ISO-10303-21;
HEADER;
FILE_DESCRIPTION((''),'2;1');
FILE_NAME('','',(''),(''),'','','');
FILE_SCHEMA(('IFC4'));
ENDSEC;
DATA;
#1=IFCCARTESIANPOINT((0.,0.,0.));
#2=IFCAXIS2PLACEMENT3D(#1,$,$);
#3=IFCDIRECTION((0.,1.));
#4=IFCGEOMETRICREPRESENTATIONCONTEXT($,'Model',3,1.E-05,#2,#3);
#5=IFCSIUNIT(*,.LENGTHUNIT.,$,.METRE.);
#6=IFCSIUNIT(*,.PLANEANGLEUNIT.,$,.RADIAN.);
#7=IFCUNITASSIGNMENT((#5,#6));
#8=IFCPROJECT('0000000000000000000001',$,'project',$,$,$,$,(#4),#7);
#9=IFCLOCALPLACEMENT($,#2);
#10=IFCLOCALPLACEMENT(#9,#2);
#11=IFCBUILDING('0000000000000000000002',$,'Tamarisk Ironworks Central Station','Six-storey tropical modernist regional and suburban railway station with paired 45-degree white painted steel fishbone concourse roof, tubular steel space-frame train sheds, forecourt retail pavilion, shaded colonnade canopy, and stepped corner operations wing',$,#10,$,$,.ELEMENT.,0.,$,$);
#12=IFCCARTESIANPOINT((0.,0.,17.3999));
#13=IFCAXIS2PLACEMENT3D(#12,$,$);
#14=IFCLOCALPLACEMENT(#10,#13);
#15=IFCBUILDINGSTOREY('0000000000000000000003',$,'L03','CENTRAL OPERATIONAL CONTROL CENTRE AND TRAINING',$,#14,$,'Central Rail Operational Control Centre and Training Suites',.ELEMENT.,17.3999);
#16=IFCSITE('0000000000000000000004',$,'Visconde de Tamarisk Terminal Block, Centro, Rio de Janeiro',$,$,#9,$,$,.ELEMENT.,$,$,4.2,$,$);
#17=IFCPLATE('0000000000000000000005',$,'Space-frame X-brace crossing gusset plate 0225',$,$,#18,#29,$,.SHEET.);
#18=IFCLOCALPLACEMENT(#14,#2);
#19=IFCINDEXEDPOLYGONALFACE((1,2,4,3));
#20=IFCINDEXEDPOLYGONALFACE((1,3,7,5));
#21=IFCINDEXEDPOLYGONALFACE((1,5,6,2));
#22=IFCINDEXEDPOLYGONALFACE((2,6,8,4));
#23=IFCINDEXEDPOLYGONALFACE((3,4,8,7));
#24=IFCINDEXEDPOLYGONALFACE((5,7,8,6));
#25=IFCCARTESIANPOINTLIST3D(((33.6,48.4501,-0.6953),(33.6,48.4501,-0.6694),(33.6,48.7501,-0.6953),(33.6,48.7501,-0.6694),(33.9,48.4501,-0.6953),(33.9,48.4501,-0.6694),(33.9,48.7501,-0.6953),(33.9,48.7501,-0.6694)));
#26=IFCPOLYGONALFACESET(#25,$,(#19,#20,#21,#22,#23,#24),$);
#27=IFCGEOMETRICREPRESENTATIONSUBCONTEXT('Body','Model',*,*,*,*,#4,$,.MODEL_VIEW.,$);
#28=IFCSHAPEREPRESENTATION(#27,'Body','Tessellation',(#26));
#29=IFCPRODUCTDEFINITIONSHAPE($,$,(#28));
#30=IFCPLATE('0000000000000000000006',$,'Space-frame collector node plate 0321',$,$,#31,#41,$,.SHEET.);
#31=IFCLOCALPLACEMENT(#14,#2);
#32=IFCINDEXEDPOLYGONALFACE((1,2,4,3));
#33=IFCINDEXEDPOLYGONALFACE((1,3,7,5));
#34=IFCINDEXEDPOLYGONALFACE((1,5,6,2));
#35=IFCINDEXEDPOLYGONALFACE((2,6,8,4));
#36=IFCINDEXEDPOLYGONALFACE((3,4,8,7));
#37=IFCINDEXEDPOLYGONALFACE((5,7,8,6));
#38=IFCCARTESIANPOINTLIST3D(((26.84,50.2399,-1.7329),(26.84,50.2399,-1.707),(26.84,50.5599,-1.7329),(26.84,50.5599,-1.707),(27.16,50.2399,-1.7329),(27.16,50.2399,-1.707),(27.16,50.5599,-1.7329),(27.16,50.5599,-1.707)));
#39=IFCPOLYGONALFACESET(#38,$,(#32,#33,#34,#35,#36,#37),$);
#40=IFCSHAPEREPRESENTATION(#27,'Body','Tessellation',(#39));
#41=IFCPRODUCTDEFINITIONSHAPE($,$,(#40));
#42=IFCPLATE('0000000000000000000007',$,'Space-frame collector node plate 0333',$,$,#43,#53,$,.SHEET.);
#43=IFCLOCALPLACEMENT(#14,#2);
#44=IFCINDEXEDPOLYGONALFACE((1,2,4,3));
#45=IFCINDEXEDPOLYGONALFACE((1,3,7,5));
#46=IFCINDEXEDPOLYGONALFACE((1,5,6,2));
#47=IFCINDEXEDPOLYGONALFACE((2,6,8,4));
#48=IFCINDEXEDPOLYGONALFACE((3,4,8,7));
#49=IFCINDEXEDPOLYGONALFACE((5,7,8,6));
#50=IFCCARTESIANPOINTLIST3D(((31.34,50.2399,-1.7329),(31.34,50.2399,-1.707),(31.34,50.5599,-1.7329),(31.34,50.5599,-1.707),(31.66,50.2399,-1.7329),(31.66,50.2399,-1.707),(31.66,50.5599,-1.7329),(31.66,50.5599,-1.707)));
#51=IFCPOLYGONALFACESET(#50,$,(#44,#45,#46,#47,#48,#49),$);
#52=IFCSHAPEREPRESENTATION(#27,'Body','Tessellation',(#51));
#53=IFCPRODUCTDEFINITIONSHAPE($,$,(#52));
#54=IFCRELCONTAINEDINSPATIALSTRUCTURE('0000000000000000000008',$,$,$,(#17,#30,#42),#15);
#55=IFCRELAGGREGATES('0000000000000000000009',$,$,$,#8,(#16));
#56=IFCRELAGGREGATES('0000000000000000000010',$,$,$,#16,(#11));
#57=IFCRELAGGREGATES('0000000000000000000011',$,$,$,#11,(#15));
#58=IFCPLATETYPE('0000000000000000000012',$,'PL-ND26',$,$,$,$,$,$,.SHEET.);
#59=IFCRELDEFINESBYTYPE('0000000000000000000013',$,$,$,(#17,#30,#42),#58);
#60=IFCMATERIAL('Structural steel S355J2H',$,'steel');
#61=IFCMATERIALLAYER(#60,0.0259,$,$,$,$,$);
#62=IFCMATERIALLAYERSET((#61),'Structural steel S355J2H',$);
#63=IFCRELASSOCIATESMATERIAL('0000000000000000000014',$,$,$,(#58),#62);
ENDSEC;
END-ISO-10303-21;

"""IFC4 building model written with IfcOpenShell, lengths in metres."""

from ifc_helpers import new_model, si_unit, direction, frame, origin, origin_2d, place, context, subcontext, project, spatial, rectangle, extrude, material, layer, layer_set, type_object, element, save


model = new_model("IFC4")

# Units and contexts
model_context = context("Model", 3, precision=1e-05, world=origin(), true_north=direction((0.0, 1.0)))
body_context = subcontext(model_context, "Body", "Model", "MODEL_VIEW")
ifc_project = project(units=[si_unit("LENGTHUNIT", "METRE"), si_unit("PLANEANGLEUNIT", "RADIAN")], contexts=[model_context])

# Site, building, storey
site_placement = place(None, origin())
site = spatial("IfcSite", under=ifc_project, at=site_placement, Name="Visconde de Tamarisk Terminal Block, Centro, Rio de Janeiro", CompositionType="ELEMENT", RefElevation=4.2)
building_placement = place(site_placement, origin())
building = spatial("IfcBuilding", under=site, at=building_placement, Name="Tamarisk Ironworks Central Station", Description="Six-storey tropical modernist regional and suburban railway station with paired 45-degree white painted steel fishbone concourse roof, tubular steel space-frame train sheds, forecourt retail pavilion, shaded colonnade canopy, and stepped corner operations wing", CompositionType="ELEMENT", ElevationOfRefHeight=0.0)
storey_placement = place(building_placement, frame((0.0, 0.0, 17.3999)))
storey = spatial("IfcBuildingStorey", under=building, at=storey_placement, Name="L03", Description="CENTRAL OPERATIONAL CONTROL CENTRE AND TRAINING", LongName="Central Rail Operational Control Centre and Training Suites", CompositionType="ELEMENT", Elevation=17.3999)

# Shared definitions
ifc_material_1 = material(Name="Structural steel S355J2H", Category="steel")

# Plates
ifc_layer = layer(ifc_material_1, 0.0259)
ifc_layer_set = layer_set([ifc_layer], Name="Structural steel S355J2H")
plate_type = type_object("IfcPlateType", Name="PL-ND26", PredefinedType="SHEET", material=ifc_layer_set)
for number, where, z_axis, x_axis, name in (
    (1, (33.75, 48.6001, -0.6953), (0.0, 0.0, 1.0), (1.0, 0.0, 0.0), "Space-frame X-brace crossing gusset plate 0225"),
):
    element("IfcPlate", number, at=place(storey_placement, frame(where, z_axis=z_axis, x_axis=x_axis)), inside=storey, type_object=plate_type, Name=name, PredefinedType="SHEET", context=body_context, shape_type="SweptSolid", body=[
        extrude(rectangle(XDim=0.3, YDim=0.3, at=origin_2d()), origin(), (0.0, 0.0, 1.0), 0.0259),
    ])
for number, where, z_axis, x_axis, name in (
    (2, (27.0, 50.3999, -1.7329), (0.0, 0.0, 1.0), (1.0, 0.0, 0.0), "Space-frame collector node plate 0321"),
    (3, (31.5, 50.3999, -1.7329), (0.0, 0.0, 1.0), (1.0, 0.0, 0.0), "Space-frame collector node plate 0333"),
):
    element("IfcPlate", number, at=place(storey_placement, frame(where, z_axis=z_axis, x_axis=x_axis)), inside=storey, type_object=plate_type, Name=name, PredefinedType="SHEET", context=body_context, shape_type="SweptSolid", body=[
        extrude(rectangle(XDim=0.3201, YDim=0.3201, at=origin_2d()), origin(), (0.0, 0.0, 1.0), 0.0259),
    ])

save(model, "model.ifc")
